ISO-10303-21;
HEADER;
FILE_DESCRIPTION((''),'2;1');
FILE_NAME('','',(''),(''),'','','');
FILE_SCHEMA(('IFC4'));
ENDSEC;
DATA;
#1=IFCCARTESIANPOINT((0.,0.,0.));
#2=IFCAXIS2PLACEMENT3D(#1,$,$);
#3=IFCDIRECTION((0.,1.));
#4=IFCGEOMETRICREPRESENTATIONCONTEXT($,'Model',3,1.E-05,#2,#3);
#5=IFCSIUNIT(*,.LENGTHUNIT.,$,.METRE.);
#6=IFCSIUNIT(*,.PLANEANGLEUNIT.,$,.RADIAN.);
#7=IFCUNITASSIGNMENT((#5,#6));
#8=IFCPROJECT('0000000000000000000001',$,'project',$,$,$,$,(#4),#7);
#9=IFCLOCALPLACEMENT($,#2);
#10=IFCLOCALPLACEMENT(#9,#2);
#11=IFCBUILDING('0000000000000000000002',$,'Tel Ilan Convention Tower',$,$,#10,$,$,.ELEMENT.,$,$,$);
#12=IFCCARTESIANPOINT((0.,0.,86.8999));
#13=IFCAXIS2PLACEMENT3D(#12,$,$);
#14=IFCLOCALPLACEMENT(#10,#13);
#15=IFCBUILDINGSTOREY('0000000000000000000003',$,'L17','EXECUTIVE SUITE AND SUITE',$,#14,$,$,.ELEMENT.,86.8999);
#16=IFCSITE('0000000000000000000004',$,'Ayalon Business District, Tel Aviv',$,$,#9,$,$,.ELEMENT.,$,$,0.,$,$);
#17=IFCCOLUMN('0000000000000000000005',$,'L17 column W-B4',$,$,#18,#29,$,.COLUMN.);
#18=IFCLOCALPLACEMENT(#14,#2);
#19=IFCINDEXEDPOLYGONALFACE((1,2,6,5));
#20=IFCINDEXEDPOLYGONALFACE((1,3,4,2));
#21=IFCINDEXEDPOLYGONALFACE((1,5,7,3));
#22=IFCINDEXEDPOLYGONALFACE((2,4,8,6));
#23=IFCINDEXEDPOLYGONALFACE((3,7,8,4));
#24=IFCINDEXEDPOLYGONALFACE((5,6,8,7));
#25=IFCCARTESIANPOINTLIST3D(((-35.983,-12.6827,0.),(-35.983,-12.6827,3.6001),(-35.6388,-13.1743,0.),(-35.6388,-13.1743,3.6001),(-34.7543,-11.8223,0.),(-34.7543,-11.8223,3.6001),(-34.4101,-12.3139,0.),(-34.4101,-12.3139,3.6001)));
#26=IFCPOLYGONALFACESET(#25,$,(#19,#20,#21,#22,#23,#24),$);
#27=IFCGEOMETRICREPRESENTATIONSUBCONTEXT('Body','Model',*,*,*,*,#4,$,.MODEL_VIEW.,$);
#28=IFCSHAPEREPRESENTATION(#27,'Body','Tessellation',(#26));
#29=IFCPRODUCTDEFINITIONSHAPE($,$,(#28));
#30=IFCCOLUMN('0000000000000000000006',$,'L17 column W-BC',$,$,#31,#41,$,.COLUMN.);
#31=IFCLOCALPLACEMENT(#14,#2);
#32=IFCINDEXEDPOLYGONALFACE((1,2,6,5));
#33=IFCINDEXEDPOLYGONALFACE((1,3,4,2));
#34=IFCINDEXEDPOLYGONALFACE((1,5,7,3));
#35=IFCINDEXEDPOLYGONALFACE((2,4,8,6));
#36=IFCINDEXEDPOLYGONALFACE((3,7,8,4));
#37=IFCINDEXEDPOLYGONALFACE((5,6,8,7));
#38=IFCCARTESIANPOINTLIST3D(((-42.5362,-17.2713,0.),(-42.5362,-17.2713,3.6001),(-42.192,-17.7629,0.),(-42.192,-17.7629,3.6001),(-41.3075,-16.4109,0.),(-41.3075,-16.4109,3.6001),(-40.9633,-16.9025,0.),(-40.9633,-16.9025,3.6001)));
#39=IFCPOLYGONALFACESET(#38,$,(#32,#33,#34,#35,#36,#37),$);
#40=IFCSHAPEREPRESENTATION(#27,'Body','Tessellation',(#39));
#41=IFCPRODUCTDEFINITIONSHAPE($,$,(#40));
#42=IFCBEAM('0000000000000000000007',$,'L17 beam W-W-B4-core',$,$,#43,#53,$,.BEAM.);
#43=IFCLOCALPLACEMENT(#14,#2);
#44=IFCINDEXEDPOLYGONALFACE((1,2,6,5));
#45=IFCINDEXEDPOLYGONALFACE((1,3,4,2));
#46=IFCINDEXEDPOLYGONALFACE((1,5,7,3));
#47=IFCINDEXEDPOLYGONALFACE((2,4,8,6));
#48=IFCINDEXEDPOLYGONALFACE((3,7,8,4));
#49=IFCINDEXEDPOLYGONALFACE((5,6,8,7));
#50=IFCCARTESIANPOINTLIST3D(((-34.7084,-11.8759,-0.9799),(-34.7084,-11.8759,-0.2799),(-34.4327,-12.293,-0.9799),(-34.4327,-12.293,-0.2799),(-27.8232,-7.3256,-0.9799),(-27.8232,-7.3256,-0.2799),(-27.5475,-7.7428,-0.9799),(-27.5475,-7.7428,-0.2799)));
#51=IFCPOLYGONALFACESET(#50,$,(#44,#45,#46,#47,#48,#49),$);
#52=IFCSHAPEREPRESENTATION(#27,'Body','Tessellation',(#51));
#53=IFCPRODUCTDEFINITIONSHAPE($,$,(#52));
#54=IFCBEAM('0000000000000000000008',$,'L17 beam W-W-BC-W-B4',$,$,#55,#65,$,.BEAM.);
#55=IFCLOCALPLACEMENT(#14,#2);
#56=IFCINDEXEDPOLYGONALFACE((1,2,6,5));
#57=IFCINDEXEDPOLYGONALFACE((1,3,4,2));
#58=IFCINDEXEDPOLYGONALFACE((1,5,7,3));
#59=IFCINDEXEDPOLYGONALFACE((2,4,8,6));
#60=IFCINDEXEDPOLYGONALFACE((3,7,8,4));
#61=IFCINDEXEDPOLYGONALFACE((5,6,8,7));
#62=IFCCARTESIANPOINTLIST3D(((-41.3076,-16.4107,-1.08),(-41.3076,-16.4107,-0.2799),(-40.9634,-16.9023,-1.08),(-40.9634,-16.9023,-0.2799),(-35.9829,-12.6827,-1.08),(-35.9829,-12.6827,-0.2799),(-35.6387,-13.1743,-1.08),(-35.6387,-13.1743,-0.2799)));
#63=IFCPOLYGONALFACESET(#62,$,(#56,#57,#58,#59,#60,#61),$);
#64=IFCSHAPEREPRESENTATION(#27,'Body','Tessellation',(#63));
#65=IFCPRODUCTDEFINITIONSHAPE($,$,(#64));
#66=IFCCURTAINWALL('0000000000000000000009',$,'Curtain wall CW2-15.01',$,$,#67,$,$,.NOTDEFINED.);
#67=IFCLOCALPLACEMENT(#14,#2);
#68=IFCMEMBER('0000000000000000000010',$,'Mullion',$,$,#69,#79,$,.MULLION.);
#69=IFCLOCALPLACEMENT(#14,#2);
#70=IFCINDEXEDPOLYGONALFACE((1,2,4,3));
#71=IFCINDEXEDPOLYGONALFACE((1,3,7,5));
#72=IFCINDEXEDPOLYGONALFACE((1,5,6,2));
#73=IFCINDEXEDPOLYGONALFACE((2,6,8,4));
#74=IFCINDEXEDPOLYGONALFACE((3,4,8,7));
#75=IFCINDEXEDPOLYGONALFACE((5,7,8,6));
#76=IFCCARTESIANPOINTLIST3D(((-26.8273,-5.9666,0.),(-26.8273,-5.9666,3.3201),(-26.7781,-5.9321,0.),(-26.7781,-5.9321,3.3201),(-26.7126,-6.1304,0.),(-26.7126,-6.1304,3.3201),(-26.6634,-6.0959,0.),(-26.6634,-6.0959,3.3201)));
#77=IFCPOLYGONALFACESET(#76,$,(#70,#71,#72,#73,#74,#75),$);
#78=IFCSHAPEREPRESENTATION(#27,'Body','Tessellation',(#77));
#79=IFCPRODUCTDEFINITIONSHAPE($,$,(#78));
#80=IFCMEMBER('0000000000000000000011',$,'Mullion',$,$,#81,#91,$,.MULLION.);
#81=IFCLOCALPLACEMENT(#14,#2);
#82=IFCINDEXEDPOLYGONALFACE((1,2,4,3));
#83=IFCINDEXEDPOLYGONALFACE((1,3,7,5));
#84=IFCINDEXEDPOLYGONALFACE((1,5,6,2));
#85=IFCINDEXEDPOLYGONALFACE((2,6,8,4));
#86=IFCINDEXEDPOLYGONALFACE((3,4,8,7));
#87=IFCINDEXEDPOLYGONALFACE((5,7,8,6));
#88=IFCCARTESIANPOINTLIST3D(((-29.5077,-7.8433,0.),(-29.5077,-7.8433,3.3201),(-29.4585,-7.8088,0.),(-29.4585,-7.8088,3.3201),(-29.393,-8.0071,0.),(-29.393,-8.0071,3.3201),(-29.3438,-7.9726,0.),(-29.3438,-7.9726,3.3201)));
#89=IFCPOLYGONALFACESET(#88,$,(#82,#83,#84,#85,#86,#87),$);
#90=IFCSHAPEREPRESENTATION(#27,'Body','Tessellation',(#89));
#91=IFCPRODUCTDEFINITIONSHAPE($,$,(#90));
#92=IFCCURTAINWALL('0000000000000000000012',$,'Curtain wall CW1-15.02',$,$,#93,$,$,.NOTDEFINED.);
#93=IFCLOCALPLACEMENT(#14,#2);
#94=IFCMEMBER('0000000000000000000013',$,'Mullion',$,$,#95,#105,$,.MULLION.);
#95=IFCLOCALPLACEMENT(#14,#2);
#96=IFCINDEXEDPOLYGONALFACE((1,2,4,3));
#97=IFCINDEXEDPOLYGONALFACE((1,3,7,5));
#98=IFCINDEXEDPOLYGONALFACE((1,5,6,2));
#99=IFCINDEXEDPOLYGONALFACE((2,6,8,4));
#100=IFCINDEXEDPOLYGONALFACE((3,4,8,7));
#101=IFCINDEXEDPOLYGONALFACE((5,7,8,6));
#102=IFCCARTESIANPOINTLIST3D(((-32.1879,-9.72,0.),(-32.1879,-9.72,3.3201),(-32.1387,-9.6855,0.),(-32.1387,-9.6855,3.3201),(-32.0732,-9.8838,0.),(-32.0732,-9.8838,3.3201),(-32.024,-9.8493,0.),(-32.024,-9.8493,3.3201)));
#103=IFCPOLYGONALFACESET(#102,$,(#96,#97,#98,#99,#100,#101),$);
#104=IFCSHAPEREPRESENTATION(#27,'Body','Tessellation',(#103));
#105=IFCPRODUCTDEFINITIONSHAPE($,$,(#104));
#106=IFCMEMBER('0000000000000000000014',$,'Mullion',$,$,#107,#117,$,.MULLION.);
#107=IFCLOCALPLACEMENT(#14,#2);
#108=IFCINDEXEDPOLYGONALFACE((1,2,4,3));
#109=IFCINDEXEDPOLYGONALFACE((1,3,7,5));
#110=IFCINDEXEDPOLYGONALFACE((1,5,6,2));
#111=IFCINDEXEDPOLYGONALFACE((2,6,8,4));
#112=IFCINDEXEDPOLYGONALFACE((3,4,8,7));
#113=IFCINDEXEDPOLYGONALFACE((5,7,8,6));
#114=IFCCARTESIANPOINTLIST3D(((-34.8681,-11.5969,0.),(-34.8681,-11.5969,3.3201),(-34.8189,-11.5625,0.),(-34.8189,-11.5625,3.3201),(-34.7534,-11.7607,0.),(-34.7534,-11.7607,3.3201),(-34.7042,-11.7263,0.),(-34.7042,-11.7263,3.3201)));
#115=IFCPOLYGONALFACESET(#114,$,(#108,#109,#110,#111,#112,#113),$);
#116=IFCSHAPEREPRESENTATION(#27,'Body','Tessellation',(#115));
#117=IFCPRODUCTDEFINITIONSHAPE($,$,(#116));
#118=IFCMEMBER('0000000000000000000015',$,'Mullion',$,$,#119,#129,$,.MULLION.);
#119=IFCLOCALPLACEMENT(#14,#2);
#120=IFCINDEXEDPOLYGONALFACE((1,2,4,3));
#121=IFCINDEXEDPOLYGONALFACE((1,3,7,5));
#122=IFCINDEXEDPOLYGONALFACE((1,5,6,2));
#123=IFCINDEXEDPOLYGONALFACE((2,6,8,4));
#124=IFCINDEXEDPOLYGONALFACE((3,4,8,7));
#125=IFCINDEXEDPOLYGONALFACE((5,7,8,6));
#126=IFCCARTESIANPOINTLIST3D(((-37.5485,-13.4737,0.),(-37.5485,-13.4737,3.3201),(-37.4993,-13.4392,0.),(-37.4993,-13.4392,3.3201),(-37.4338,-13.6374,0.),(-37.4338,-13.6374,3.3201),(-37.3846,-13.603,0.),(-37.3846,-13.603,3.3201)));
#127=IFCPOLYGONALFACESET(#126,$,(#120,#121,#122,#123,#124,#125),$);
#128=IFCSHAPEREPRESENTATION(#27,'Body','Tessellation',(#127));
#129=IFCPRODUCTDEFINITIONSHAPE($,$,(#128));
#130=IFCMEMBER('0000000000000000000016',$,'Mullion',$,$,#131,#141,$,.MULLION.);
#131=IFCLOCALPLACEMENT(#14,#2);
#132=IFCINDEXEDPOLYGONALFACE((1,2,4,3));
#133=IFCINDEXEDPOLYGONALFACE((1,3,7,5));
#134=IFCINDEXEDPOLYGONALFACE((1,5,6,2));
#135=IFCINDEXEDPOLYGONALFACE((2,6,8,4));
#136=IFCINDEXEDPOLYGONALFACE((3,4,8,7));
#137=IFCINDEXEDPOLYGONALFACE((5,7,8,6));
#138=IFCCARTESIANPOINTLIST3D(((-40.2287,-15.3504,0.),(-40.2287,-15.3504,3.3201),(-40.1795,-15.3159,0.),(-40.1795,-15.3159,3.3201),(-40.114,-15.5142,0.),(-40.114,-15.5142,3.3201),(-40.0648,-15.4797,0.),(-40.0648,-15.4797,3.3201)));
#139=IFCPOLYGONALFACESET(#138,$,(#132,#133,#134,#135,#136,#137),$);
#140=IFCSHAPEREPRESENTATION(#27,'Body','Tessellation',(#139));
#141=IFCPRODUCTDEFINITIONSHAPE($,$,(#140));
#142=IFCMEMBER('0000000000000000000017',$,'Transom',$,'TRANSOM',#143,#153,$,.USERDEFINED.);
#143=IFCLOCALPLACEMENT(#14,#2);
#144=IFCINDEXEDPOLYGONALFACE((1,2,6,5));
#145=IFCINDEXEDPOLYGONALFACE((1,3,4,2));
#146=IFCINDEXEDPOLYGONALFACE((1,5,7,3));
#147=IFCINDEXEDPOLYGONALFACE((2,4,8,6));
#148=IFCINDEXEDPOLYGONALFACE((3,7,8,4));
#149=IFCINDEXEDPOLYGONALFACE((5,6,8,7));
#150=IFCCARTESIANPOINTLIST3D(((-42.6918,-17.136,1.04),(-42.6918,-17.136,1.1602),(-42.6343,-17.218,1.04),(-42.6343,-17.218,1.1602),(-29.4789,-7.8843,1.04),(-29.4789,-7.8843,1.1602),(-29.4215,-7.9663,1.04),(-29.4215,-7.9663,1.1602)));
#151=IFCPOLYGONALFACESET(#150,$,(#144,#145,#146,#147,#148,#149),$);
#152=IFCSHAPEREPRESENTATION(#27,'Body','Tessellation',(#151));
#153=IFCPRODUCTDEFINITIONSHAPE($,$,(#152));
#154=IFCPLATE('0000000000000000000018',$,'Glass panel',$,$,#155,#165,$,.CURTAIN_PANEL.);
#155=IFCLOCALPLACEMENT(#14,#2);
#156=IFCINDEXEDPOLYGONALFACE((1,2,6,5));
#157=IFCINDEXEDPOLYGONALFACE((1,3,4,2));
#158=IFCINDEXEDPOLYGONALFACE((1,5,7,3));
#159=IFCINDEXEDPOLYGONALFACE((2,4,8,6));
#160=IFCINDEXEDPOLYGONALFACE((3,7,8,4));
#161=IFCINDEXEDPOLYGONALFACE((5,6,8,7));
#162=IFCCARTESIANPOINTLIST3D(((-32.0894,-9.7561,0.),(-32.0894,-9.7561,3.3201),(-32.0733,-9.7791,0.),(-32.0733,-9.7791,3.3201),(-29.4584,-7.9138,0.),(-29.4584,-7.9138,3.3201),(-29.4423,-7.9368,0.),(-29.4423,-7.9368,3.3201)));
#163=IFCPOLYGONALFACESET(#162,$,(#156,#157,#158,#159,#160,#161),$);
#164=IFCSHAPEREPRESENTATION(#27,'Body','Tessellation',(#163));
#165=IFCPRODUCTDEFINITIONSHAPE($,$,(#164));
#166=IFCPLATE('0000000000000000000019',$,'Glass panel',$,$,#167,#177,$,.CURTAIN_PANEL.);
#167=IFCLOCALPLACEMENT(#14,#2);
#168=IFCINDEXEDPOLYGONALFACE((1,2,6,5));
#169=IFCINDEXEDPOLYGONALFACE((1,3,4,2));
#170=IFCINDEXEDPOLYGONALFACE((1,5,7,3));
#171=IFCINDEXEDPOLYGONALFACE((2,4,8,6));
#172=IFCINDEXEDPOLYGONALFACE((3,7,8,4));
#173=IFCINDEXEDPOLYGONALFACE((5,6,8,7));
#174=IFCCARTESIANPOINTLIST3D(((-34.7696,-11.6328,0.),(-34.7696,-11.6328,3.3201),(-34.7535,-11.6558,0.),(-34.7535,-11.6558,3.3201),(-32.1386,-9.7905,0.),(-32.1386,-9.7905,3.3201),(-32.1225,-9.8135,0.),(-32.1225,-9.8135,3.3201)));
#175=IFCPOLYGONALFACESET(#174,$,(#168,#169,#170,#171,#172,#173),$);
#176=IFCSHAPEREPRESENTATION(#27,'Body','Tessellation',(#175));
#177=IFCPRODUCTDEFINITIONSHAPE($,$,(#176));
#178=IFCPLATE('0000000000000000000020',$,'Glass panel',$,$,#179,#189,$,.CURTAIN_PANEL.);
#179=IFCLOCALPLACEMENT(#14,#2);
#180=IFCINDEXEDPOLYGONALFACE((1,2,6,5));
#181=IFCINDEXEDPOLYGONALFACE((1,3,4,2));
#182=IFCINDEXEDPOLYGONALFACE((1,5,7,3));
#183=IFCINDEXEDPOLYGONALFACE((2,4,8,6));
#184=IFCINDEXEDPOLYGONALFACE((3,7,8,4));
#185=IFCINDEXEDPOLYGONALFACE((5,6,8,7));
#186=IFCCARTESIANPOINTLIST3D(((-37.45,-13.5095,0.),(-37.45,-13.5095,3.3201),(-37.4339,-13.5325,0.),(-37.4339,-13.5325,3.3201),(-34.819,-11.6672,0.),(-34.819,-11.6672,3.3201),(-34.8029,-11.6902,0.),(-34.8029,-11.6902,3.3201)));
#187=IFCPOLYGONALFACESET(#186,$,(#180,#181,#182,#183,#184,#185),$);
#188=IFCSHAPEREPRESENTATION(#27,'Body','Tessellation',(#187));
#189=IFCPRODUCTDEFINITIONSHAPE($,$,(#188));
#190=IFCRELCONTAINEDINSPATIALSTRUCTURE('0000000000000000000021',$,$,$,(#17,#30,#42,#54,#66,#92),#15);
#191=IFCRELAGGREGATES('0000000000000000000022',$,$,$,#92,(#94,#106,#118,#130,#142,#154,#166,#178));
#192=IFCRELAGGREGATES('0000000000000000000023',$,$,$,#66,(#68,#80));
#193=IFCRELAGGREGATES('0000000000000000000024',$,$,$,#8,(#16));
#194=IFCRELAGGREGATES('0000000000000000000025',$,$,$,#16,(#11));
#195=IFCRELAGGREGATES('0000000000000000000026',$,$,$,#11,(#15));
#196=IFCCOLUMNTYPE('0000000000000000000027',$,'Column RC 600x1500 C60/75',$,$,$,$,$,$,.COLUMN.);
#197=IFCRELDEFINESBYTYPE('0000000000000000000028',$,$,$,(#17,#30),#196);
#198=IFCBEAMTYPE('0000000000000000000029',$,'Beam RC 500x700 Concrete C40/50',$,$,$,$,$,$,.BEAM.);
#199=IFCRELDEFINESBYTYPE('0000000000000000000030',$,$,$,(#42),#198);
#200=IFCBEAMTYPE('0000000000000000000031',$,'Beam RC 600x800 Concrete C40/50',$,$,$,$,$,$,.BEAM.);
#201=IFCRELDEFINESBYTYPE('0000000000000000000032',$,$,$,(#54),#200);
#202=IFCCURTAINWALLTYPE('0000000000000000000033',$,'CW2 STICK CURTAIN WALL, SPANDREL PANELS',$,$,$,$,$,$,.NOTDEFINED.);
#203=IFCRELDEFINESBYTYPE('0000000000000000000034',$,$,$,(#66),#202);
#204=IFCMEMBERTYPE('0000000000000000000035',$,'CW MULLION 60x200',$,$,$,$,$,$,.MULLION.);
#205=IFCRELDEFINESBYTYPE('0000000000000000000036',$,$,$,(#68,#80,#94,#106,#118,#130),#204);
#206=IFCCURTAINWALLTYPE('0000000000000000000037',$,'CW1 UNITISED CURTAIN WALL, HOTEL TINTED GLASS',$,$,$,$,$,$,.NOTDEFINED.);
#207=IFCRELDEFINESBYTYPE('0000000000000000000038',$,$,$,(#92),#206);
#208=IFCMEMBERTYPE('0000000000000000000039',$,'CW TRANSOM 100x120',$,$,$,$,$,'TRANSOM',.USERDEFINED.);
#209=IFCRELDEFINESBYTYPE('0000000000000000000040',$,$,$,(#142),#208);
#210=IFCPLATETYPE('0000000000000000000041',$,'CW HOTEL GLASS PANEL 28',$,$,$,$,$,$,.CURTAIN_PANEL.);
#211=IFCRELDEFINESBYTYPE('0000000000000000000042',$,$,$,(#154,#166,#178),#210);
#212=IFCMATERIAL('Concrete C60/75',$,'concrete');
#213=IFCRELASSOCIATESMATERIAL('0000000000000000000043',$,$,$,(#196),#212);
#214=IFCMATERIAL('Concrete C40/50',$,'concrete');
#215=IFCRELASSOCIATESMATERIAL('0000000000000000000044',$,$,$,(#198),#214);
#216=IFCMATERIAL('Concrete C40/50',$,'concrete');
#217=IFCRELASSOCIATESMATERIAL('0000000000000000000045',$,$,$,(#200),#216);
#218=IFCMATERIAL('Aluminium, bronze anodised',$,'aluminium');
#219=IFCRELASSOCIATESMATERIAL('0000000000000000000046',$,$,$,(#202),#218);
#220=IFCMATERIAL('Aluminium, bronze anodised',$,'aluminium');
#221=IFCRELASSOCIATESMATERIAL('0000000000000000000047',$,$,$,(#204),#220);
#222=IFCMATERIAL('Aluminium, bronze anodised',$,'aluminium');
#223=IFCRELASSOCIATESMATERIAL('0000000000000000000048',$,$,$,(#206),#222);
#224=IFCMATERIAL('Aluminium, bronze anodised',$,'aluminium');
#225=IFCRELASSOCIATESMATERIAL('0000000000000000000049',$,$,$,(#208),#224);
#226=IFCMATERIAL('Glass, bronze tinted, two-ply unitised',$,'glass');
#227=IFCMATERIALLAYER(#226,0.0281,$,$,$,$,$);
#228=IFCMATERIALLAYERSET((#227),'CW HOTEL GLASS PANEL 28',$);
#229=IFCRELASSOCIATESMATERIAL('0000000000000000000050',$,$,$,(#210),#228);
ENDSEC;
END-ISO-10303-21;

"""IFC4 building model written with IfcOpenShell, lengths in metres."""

from ifc_helpers import new_model, si_unit, direction, frame, origin, origin_2d, place, context, subcontext, project, spatial, rectangle, extrude, material, layer, layer_set, material_profile, profile_set, type_object, element, aggregate, save


model = new_model("IFC4")

# Units and contexts
model_context = context("Model", 3, precision=1e-05, world=origin(), true_north=direction((0.0, 1.0)))
body_context = subcontext(model_context, "Body", "Model", "MODEL_VIEW")
ifc_project = project(units=[si_unit("LENGTHUNIT", "METRE"), si_unit("PLANEANGLEUNIT", "RADIAN")], contexts=[model_context])

# Site, building, storey
site_placement = place(None, origin())
site = spatial("IfcSite", under=ifc_project, at=site_placement, Name="Ayalon Business District, Tel Aviv", CompositionType="ELEMENT", RefElevation=0.0)
building_placement = place(site_placement, origin())
building = spatial("IfcBuilding", under=site, at=building_placement, Name="Tel Ilan Convention Tower", CompositionType="ELEMENT")
storey_placement = place(building_placement, frame((0.0, 0.0, 86.8999)))
storey = spatial("IfcBuildingStorey", under=building, at=storey_placement, Name="L17", Description="EXECUTIVE SUITE AND SUITE", CompositionType="ELEMENT", Elevation=86.8999)

# Columns
ifc_material_1 = material(Name="Concrete C60/75", Category="concrete")
ifc_material_profile_1 = material_profile(ifc_material_1, rectangle(XDim=1.5, YDim=0.6001, at=origin_2d()), Name="RC 600x1500")
ifc_profile_set_1 = profile_set([ifc_material_profile_1], Name="Concrete C60/75")
column_type = type_object("IfcColumnType", Name="Column RC 600x1500 C60/75", PredefinedType="COLUMN", material=ifc_profile_set_1)
for number, where, z_axis, x_axis, name in (
    (1, (-35.1965, -12.4983, 0.0), (0.0, 0.0, 1.0), (-0.819152, -0.573576, 0.0), "L17 column W-B4"),
    (2, (-41.7498, -17.0869, 0.0), (0.0, 0.0, 1.0), (-0.819152, -0.573576, 0.0), "L17 column W-BC"),
):
    element("IfcColumn", number, at=place(storey_placement, frame(where, z_axis=z_axis, x_axis=x_axis)), inside=storey, type_object=column_type, Name=name, PredefinedType="COLUMN", context=body_context, shape_type="SweptSolid", body=[
        extrude(rectangle(XDim=1.5, YDim=0.6001, at=origin_2d()), origin(), (0.0, 0.0, 1.0), 3.6001),
    ])

# Beams
ifc_material_2 = material(Name="Concrete C40/50", Category="concrete")
ifc_material_profile_2 = material_profile(ifc_material_2, rectangle(XDim=0.5, YDim=0.7, at=origin_2d()), Name="RC 500x700")
ifc_profile_set_2 = profile_set([ifc_material_profile_2], Name="Concrete C40/50")
beam_type_1 = type_object("IfcBeamType", Name="Beam RC 500x700 Concrete C40/50", PredefinedType="BEAM", material=ifc_profile_set_2)
beam_1_placement = place(storey_placement, frame((-34.5706, -12.0845, -0.6299), z_axis=(0.834274, 0.551351, 0.0), x_axis=(-0.551351, 0.834274, 0.0)))
element("IfcBeam", 3, at=beam_1_placement, inside=storey, type_object=beam_type_1, Name="L17 beam W-W-B4-core", PredefinedType="BEAM", context=body_context, shape_type="SweptSolid", body=[
    extrude(rectangle(XDim=0.5, YDim=0.7, at=origin_2d()), origin(), (0.0, 0.0, 1.0), 8.2529),
])
ifc_material_3 = material(Name="Concrete C40/50", Category="concrete")
ifc_material_profile_3 = material_profile(ifc_material_3, rectangle(XDim=0.6001, YDim=0.8, at=origin_2d()), Name="RC 600x800")
ifc_profile_set_3 = profile_set([ifc_material_profile_3], Name="Concrete C40/50")
beam_type_2 = type_object("IfcBeamType", Name="Beam RC 600x800 Concrete C40/50", PredefinedType="BEAM", material=ifc_profile_set_3)
beam_2_placement = place(storey_placement, frame((-41.1355, -16.6565, -0.6799), z_axis=(0.819179, 0.573538, 0.0), x_axis=(-0.573538, 0.819179, 0.0)))
element("IfcBeam", 4, at=beam_2_placement, inside=storey, type_object=beam_type_2, Name="L17 beam W-W-BC-W-B4", PredefinedType="BEAM", context=body_context, shape_type="SweptSolid", body=[
    extrude(rectangle(XDim=0.6001, YDim=0.8, at=origin_2d()), origin(), (0.0, 0.0, 1.0), 6.5),
])

# Curtain wall, members
ifc_material_4 = material(Name="Aluminium, bronze anodised", Category="aluminium")
curtain_wall_type_1 = type_object("IfcCurtainWallType", Name="CW2 STICK CURTAIN WALL, SPANDREL PANELS", PredefinedType="NOTDEFINED", material=ifc_material_4)
curtain_wall_1_placement = place(storey_placement, origin())
curtain_wall_1 = element("IfcCurtainWall", 5, at=curtain_wall_1_placement, inside=storey, type_object=curtain_wall_type_1, Name="Curtain wall CW2-15.01", PredefinedType="NOTDEFINED")
ifc_material_5 = material(Name="Aluminium, bronze anodised", Category="aluminium")
ifc_material_profile_4 = material_profile(ifc_material_5, rectangle(XDim=0.0601, YDim=0.2, at=origin_2d()), Name="CW MULLION 60x200")
ifc_profile_set_4 = profile_set([ifc_material_profile_4], Name="Aluminium, bronze anodised")
member_type_1 = type_object("IfcMemberType", Name="CW MULLION 60x200", PredefinedType="MULLION", material=ifc_profile_set_4)
member_1_placement = place(storey_placement, frame((-26.7454, -6.0312, 0.0), z_axis=(0.0, 0.0, 1.0), x_axis=(-0.819152, -0.573576, 0.0)))
member_1 = element("IfcMember", 6, at=member_1_placement, type_object=member_type_1, Name="Mullion", PredefinedType="MULLION", context=body_context, shape_type="SweptSolid", body=[
    extrude(rectangle(XDim=0.0601, YDim=0.2, at=origin_2d()), origin(), (0.0, 0.0, 1.0), 3.3201),
])
member_2_placement = place(storey_placement, frame((-29.4258, -7.908, 0.0), z_axis=(0.0, 0.0, 1.0), x_axis=(-0.819152, -0.573576, 0.0)))
member_2 = element("IfcMember", 7, at=member_2_placement, type_object=member_type_1, Name="Mullion", PredefinedType="MULLION", context=body_context, shape_type="SweptSolid", body=[
    extrude(rectangle(XDim=0.0601, YDim=0.2, at=origin_2d()), origin(), (0.0, 0.0, 1.0), 3.3201),
])

# Curtain wall, members, plates
ifc_material_6 = material(Name="Aluminium, bronze anodised", Category="aluminium")
curtain_wall_type_2 = type_object("IfcCurtainWallType", Name="CW1 UNITISED CURTAIN WALL, HOTEL TINTED GLASS", PredefinedType="NOTDEFINED", material=ifc_material_6)
curtain_wall_2_placement = place(storey_placement, origin())
curtain_wall_2 = element("IfcCurtainWall", 8, at=curtain_wall_2_placement, inside=storey, type_object=curtain_wall_type_2, Name="Curtain wall CW1-15.02", PredefinedType="NOTDEFINED")
member_3_placement = place(storey_placement, frame((-32.106, -9.7847, 0.0), z_axis=(0.0, 0.0, 1.0), x_axis=(-0.819152, -0.573576, 0.0)))
member_3 = element("IfcMember", 9, at=member_3_placement, type_object=member_type_1, Name="Mullion", PredefinedType="MULLION", context=body_context, shape_type="SweptSolid", body=[
    extrude(rectangle(XDim=0.0601, YDim=0.2, at=origin_2d()), origin(), (0.0, 0.0, 1.0), 3.3201),
])
member_4_placement = place(storey_placement, frame((-34.7861, -11.6616, 0.0), z_axis=(0.0, 0.0, 1.0), x_axis=(-0.819152, -0.573576, 0.0)))
member_4 = element("IfcMember", 10, at=member_4_placement, type_object=member_type_1, Name="Mullion", PredefinedType="MULLION", context=body_context, shape_type="SweptSolid", body=[
    extrude(rectangle(XDim=0.0601, YDim=0.2, at=origin_2d()), origin(), (0.0, 0.0, 1.0), 3.3201),
])
member_5_placement = place(storey_placement, frame((-37.4666, -13.5383, 0.0), z_axis=(0.0, 0.0, 1.0), x_axis=(-0.819152, -0.573576, 0.0)))
member_5 = element("IfcMember", 11, at=member_5_placement, type_object=member_type_1, Name="Mullion", PredefinedType="MULLION", context=body_context, shape_type="SweptSolid", body=[
    extrude(rectangle(XDim=0.0601, YDim=0.2, at=origin_2d()), origin(), (0.0, 0.0, 1.0), 3.3201),
])
member_6_placement = place(storey_placement, frame((-40.1467, -15.415, 0.0), z_axis=(0.0, 0.0, 1.0), x_axis=(-0.819152, -0.573576, 0.0)))
member_6 = element("IfcMember", 12, at=member_6_placement, type_object=member_type_1, Name="Mullion", PredefinedType="MULLION", context=body_context, shape_type="SweptSolid", body=[
    extrude(rectangle(XDim=0.0601, YDim=0.2, at=origin_2d()), origin(), (0.0, 0.0, 1.0), 3.3201),
])
ifc_material_7 = material(Name="Aluminium, bronze anodised", Category="aluminium")
ifc_material_profile_5 = material_profile(ifc_material_7, rectangle(XDim=0.1001, YDim=0.1201, at=origin_2d()), Name="CW TRANSOM 100x120")
ifc_profile_set_5 = profile_set([ifc_material_profile_5], Name="Aluminium, bronze anodised")
member_type_2 = type_object("IfcMemberType", Name="CW TRANSOM 100x120", ElementType="TRANSOM", PredefinedType="USERDEFINED", material=ifc_profile_set_5)
member_7_placement = place(storey_placement, frame((-29.4502, -7.9253, 1.1001), z_axis=(-0.819154, -0.573574, 0.0), x_axis=(0.573574, -0.819154, 0.0)))
member_7 = element("IfcMember", 13, at=member_7_placement, type_object=member_type_2, Name="Transom", ObjectType="TRANSOM", PredefinedType="USERDEFINED", context=body_context, shape_type="SweptSolid", body=[
    extrude(rectangle(XDim=0.1001, YDim=0.1201, at=origin_2d()), origin(), (0.0, 0.0, 1.0), 16.1299),
])
ifc_material_8 = material(Name="Glass, bronze tinted, two-ply unitised", Category="glass")
ifc_layer_1 = layer(ifc_material_8, 0.0281)
ifc_layer_set_1 = layer_set([ifc_layer_1], Name="CW HOTEL GLASS PANEL 28")
plate_type_1 = type_object("IfcPlateType", Name="CW HOTEL GLASS PANEL 28", PredefinedType="CURTAIN_PANEL", material=ifc_layer_set_1)
plate_1_placement = place(storey_placement, frame((-30.7659, -8.8464, 0.0), z_axis=(0.0, 0.0, 1.0), x_axis=(-0.819152, -0.573576, 0.0)))
plate_1 = element("IfcPlate", 14, at=plate_1_placement, type_object=plate_type_1, Name="Glass panel", PredefinedType="CURTAIN_PANEL", context=body_context, shape_type="SweptSolid", body=[
    extrude(rectangle(XDim=3.2119, YDim=0.0281, at=origin_2d()), origin(), (0.0, 0.0, 1.0), 3.3201),
])
plate_2_placement = place(storey_placement, frame((-33.446, -10.7231, 0.0), z_axis=(0.0, 0.0, 1.0), x_axis=(-0.819152, -0.573576, 0.0)))
plate_2 = element("IfcPlate", 15, at=plate_2_placement, type_object=plate_type_1, Name="Glass panel", PredefinedType="CURTAIN_PANEL", context=body_context, shape_type="SweptSolid", body=[
    extrude(rectangle(XDim=3.2119, YDim=0.0281, at=origin_2d()), origin(), (0.0, 0.0, 1.0), 3.3201),
])
plate_3_placement = place(storey_placement, frame((-36.1265, -12.5999, 0.0), z_axis=(0.0, 0.0, 1.0), x_axis=(-0.819152, -0.573576, 0.0)))
plate_3 = element("IfcPlate", 16, at=plate_3_placement, type_object=plate_type_1, Name="Glass panel", PredefinedType="CURTAIN_PANEL", context=body_context, shape_type="SweptSolid", body=[
    extrude(rectangle(XDim=3.2119, YDim=0.0281, at=origin_2d()), origin(), (0.0, 0.0, 1.0), 3.3201),
])
aggregate(curtain_wall_2, [member_3, member_4, member_5, member_6, member_7, plate_1, plate_2, plate_3])

aggregate(curtain_wall_1, [member_1, member_2])

save(model, "model.ifc")
